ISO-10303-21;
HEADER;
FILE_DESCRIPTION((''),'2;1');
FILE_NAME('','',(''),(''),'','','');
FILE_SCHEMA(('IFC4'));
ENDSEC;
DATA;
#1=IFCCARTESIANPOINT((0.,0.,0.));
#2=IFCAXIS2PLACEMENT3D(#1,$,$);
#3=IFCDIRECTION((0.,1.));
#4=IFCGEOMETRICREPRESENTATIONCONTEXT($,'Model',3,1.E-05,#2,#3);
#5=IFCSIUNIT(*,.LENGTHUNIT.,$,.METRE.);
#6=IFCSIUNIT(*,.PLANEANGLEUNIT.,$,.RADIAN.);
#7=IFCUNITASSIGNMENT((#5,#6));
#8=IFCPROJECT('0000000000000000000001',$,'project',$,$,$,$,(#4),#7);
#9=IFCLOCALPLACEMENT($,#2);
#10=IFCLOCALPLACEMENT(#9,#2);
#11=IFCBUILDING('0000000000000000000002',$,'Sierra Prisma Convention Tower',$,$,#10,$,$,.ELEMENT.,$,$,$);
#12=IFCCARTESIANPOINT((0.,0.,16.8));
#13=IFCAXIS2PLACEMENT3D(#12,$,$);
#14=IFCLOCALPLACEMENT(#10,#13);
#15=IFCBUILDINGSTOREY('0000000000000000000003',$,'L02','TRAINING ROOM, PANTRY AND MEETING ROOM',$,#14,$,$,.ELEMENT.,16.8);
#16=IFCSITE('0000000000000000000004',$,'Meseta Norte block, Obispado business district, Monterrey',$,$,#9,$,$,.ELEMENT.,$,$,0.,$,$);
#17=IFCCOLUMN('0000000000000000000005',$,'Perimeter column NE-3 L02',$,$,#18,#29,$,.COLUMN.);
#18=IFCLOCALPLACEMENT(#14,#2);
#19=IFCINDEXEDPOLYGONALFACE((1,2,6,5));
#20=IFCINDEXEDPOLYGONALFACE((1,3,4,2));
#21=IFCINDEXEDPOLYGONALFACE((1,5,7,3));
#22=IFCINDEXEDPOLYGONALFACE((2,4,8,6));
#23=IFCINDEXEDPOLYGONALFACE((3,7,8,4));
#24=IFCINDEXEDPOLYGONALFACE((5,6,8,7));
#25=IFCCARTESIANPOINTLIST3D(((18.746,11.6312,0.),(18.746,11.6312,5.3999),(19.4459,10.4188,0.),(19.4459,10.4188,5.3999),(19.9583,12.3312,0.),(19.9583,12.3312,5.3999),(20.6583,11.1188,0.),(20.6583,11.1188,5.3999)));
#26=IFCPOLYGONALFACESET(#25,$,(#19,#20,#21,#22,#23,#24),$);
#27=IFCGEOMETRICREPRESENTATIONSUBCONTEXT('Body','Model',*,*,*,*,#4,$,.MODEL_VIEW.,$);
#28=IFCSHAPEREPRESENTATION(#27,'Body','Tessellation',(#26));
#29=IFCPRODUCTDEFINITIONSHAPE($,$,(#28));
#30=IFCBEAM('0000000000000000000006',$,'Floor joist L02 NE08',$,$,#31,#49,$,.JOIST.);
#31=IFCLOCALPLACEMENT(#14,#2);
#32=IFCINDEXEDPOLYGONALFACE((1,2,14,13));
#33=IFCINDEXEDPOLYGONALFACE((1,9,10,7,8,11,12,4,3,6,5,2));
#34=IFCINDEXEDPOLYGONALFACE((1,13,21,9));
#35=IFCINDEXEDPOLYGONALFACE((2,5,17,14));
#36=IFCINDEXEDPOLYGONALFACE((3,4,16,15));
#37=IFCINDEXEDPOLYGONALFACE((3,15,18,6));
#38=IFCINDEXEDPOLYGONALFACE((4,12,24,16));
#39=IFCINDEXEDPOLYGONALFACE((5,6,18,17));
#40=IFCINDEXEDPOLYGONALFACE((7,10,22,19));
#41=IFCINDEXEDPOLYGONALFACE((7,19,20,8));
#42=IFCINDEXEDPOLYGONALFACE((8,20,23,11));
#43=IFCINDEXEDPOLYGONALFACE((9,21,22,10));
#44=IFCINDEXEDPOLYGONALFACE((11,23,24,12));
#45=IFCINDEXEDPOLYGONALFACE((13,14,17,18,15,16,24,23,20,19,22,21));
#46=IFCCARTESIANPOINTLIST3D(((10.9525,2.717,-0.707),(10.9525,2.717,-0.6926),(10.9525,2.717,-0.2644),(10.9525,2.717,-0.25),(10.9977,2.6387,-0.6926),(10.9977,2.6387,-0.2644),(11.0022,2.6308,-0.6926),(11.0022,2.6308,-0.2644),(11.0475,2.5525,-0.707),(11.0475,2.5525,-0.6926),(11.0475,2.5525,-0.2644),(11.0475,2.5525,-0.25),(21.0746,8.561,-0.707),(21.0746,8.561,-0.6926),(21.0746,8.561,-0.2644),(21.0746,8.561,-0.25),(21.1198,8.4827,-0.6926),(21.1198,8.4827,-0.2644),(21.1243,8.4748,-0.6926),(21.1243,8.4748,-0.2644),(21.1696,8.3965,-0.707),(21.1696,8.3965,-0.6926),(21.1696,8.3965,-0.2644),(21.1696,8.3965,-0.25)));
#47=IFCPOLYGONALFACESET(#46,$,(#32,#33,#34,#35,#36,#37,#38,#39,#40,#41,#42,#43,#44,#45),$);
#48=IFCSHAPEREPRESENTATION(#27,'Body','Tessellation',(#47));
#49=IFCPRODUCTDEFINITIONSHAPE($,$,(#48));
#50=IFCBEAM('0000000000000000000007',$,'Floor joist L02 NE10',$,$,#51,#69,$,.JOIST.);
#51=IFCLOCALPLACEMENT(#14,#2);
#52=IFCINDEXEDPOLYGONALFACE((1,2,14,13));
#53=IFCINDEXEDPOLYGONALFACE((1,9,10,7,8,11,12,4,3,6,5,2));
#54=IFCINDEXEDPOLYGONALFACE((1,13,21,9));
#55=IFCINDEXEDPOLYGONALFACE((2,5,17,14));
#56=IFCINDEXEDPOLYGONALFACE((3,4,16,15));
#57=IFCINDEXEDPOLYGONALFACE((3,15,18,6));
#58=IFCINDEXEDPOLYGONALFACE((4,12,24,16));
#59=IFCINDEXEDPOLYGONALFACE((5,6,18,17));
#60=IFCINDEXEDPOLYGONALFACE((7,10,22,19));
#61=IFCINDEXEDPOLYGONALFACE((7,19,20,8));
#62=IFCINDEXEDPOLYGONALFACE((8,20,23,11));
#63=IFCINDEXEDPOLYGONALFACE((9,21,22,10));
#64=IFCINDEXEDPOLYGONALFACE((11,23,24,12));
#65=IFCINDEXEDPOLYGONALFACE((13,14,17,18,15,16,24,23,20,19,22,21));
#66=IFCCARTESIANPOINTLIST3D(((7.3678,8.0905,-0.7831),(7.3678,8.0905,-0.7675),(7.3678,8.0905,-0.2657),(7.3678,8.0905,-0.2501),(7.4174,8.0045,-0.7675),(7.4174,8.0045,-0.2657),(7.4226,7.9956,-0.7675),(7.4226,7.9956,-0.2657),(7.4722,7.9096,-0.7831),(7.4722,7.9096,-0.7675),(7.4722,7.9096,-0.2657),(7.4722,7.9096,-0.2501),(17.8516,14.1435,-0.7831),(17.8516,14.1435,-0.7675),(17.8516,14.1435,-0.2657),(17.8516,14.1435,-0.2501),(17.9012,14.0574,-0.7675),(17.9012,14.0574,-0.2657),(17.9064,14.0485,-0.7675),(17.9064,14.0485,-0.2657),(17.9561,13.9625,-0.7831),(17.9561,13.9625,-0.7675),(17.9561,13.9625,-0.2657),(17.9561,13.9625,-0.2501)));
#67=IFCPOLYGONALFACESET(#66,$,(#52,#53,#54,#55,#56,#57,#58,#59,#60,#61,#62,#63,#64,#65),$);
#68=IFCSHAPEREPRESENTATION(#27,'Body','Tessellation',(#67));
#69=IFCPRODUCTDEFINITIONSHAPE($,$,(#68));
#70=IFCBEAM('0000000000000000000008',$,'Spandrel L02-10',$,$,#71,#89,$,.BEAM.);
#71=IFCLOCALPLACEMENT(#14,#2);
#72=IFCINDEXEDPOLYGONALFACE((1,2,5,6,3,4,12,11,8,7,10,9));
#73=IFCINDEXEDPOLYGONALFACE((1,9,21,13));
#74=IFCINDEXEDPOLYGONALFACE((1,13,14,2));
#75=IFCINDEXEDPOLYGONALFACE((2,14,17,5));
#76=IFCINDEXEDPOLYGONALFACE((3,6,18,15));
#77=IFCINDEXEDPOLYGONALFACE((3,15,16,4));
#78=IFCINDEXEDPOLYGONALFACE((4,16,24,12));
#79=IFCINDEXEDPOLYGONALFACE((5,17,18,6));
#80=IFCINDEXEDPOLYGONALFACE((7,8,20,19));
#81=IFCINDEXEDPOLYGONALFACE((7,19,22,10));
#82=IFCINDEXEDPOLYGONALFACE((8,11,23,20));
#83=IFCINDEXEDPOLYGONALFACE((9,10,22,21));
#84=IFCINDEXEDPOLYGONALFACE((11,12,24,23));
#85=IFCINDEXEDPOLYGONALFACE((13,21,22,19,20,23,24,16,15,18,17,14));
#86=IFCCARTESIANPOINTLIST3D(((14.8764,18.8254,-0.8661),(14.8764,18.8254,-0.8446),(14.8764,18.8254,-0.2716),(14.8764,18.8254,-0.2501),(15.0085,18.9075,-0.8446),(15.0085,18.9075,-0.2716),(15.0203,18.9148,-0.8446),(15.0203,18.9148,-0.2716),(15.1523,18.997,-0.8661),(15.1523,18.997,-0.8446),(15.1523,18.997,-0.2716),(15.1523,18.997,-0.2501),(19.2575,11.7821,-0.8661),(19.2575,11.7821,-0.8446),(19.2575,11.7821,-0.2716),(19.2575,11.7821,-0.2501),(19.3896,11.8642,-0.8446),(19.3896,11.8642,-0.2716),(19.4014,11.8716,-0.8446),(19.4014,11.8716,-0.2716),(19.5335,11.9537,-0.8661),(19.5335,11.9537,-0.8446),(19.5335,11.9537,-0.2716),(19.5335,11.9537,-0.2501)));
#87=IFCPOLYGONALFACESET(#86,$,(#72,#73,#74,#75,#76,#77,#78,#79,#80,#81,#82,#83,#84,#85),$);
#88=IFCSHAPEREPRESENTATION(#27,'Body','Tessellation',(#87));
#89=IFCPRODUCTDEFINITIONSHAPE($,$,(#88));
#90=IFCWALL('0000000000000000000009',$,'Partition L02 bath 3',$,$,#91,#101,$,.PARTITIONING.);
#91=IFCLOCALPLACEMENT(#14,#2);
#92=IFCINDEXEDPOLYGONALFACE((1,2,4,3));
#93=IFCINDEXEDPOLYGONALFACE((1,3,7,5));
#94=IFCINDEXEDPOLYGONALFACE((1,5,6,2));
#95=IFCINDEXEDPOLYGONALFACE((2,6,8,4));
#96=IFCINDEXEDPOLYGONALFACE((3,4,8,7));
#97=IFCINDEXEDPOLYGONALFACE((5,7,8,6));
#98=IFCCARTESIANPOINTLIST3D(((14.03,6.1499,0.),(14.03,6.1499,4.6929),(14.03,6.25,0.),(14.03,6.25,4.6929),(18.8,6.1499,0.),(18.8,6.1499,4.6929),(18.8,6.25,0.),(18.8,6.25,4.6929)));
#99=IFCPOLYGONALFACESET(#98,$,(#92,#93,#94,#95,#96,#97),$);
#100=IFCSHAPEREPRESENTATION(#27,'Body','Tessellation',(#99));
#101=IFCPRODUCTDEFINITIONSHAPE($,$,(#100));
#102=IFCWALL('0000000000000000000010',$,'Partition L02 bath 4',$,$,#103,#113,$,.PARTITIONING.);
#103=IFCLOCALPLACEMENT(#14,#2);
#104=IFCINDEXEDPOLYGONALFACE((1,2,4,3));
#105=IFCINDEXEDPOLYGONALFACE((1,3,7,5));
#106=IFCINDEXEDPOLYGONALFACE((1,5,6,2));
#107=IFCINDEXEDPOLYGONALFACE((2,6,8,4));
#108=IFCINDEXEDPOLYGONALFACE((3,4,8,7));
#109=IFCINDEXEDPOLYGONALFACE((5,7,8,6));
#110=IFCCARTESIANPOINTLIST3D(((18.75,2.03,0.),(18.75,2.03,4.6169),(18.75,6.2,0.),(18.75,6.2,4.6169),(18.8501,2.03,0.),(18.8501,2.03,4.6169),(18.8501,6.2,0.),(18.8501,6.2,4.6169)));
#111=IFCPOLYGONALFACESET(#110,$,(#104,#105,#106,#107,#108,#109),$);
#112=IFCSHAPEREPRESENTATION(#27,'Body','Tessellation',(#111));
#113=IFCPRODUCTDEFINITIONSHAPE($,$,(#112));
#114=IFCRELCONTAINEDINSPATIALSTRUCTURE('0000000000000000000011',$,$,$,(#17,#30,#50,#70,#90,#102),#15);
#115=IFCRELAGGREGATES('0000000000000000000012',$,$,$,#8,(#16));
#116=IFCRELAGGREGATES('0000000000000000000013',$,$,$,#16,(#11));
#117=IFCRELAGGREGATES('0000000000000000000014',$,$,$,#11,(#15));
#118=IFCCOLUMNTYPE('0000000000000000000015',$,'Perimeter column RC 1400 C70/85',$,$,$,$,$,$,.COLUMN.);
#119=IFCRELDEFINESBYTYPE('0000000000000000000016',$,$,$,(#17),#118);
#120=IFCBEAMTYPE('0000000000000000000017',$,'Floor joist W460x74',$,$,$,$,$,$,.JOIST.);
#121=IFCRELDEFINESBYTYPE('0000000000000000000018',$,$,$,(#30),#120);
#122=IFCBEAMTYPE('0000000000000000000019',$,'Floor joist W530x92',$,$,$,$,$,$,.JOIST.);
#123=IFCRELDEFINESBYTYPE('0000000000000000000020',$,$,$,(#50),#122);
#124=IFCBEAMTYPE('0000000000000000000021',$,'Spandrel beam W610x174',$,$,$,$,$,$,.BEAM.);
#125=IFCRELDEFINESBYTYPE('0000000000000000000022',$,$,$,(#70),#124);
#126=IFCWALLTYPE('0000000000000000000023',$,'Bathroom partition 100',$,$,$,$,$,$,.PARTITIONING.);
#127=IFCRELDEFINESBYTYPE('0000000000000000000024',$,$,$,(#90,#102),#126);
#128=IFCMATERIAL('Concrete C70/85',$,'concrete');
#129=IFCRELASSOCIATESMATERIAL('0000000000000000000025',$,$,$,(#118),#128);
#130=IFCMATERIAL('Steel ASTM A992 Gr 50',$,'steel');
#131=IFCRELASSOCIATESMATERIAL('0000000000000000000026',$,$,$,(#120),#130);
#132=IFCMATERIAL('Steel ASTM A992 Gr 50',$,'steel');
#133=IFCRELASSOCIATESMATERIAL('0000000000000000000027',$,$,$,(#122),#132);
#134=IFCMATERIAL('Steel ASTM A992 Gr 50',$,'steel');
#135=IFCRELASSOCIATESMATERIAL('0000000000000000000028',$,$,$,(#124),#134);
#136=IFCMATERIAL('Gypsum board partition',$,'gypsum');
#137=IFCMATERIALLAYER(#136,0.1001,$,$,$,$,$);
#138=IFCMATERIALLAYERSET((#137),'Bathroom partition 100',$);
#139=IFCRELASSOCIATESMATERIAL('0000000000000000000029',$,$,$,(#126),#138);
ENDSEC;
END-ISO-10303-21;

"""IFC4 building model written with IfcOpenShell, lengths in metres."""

from ifc_helpers import new_model, si_unit, direction, frame, frame_2d, origin, origin_2d, place, context, subcontext, project, spatial, rectangle, i_section, extrude, material, layer, layer_set, material_profile, profile_set, type_object, element, save


model = new_model("IFC4")

# Units and contexts
model_context = context("Model", 3, precision=1e-05, world=origin(), true_north=direction((0.0, 1.0)))
body_context = subcontext(model_context, "Body", "Model", "MODEL_VIEW")
ifc_project = project(units=[si_unit("LENGTHUNIT", "METRE"), si_unit("PLANEANGLEUNIT", "RADIAN")], contexts=[model_context])

# Site, building, storey
site_placement = place(None, origin())
site = spatial("IfcSite", under=ifc_project, at=site_placement, Name="Meseta Norte block, Obispado business district, Monterrey", CompositionType="ELEMENT", RefElevation=0.0)
building_placement = place(site_placement, origin())
building = spatial("IfcBuilding", under=site, at=building_placement, Name="Sierra Prisma Convention Tower", CompositionType="ELEMENT")
storey_placement = place(building_placement, frame((0.0, 0.0, 16.8)))
storey = spatial("IfcBuildingStorey", under=building, at=storey_placement, Name="L02", Description="TRAINING ROOM, PANTRY AND MEETING ROOM", CompositionType="ELEMENT", Elevation=16.8)

# Column
ifc_material_1 = material(Name="Concrete C70/85", Category="concrete")
ifc_material_profile_1 = material_profile(ifc_material_1, rectangle(XDim=1.3999, YDim=1.3999, at=origin_2d()), Name="Perimeter column RC 1400 C70/85")
ifc_profile_set_1 = profile_set([ifc_material_profile_1], Name="Concrete C70/85")
column_type = type_object("IfcColumnType", Name="Perimeter column RC 1400 C70/85", PredefinedType="COLUMN", material=ifc_profile_set_1)
column_placement = place(storey_placement, frame((19.7021, 11.375, 0.0), z_axis=(0.0, 0.0, 1.0), x_axis=(-0.5, 0.866025, 0.0)))
element("IfcColumn", 1, at=column_placement, inside=storey, type_object=column_type, Name="Perimeter column NE-3 L02", PredefinedType="COLUMN", context=body_context, shape_type="SweptSolid", body=[
    extrude(rectangle(XDim=1.3999, YDim=1.3999, at=origin_2d()), origin(), (0.0, 0.0, 1.0), 5.3999),
])

# Beams
ifc_material_2 = material(Name="Steel ASTM A992 Gr 50", Category="steel")
ifc_material_profile_2 = material_profile(ifc_material_2, i_section(OverallWidth=0.1899, OverallDepth=0.457, WebThickness=0.009, FlangeThickness=0.0144, at=origin_2d()), Name="W460x74")
ifc_profile_set_2 = profile_set([ifc_material_profile_2], Name="Steel ASTM A992 Gr 50")
beam_type_1 = type_object("IfcBeamType", Name="Floor joist W460x74", PredefinedType="JOIST", material=ifc_profile_set_2)
beam_1_placement = place(storey_placement, frame((21.1221, 8.4788, -0.4785), z_axis=(-0.866025, -0.500001, 0.0), x_axis=(0.500001, -0.866025, 0.0)))
element("IfcBeam", 2, at=beam_1_placement, inside=storey, type_object=beam_type_1, Name="Floor joist L02 NE08", PredefinedType="JOIST", context=body_context, shape_type="SweptSolid", body=[
    extrude(i_section(OverallWidth=0.1899, OverallDepth=0.457, WebThickness=0.009, FlangeThickness=0.0144, at=origin_2d()), origin(), (0.0, 0.0, 1.0), 11.688),
])
ifc_material_3 = material(Name="Steel ASTM A992 Gr 50", Category="steel")
ifc_material_profile_3 = material_profile(ifc_material_3, i_section(OverallWidth=0.209, OverallDepth=0.533, WebThickness=0.0103, FlangeThickness=0.0156, at=origin_2d()), Name="W530x92")
ifc_profile_set_3 = profile_set([ifc_material_profile_3], Name="Steel ASTM A992 Gr 50")
beam_type_2 = type_object("IfcBeamType", Name="Floor joist W530x92", PredefinedType="JOIST", material=ifc_profile_set_3)
beam_2_placement = place(storey_placement, frame((17.9038, 14.053, -0.5166), z_axis=(-0.866022, -0.500006, 0.0), x_axis=(0.500006, -0.866022, 0.0)))
element("IfcBeam", 3, at=beam_2_placement, inside=storey, type_object=beam_type_2, Name="Floor joist L02 NE10", PredefinedType="JOIST", context=body_context, shape_type="SweptSolid", body=[
    extrude(i_section(OverallWidth=0.209, OverallDepth=0.533, WebThickness=0.0103, FlangeThickness=0.0156, at=origin_2d()), origin(), (0.0, 0.0, 1.0), 12.1057),
])
ifc_material_4 = material(Name="Steel ASTM A992 Gr 50", Category="steel")
ifc_material_profile_4 = material_profile(ifc_material_4, i_section(OverallWidth=0.325, OverallDepth=0.616, WebThickness=0.0139, FlangeThickness=0.0215, at=origin_2d()), Name="W610x174")
ifc_profile_set_4 = profile_set([ifc_material_profile_4], Name="Steel ASTM A992 Gr 50")
beam_type_3 = type_object("IfcBeamType", Name="Spandrel beam W610x174", PredefinedType="BEAM", material=ifc_profile_set_4)
beam_3_placement = place(storey_placement, frame((19.3955, 11.8679, -0.5581), z_axis=(-0.528185, 0.849129, 0.0), x_axis=(-0.849129, -0.528185, 0.0)))
element("IfcBeam", 4, at=beam_3_placement, inside=storey, type_object=beam_type_3, Name="Spandrel L02-10", PredefinedType="BEAM", context=body_context, shape_type="SweptSolid", body=[
    extrude(i_section(OverallWidth=0.325, OverallDepth=0.616, WebThickness=0.0139, FlangeThickness=0.0215, at=origin_2d()), origin(), (0.0, 0.0, 1.0), 8.2947),
])

# Walls
ifc_material_5 = material(Name="Gypsum board partition", Category="gypsum")
ifc_layer_1 = layer(ifc_material_5, 0.1001)
ifc_layer_set_1 = layer_set([ifc_layer_1], Name="Bathroom partition 100")
wall_type_1 = type_object("IfcWallType", Name="Bathroom partition 100", PredefinedType="PARTITIONING", material=ifc_layer_set_1)
wall_1_placement = place(storey_placement, frame((14.03, 6.2, 0.0), z_axis=(0.0, 0.0, 1.0), x_axis=(1.0, 0.0, 0.0)))
element("IfcWall", 5, at=wall_1_placement, inside=storey, type_object=wall_type_1, Name="Partition L02 bath 3", PredefinedType="PARTITIONING", context=body_context, shape_type="SweptSolid", body=[
    extrude(rectangle(XDim=4.77, YDim=0.1001, at=frame_2d((2.385, 0.0))), origin(), (0.0, 0.0, 1.0), 4.6929),
])
wall_2_placement = place(storey_placement, frame((18.8, 6.2, 0.0), z_axis=(0.0, 0.0, 1.0), x_axis=(0.0, -1.0, 0.0)))
element("IfcWall", 6, at=wall_2_placement, inside=storey, type_object=wall_type_1, Name="Partition L02 bath 4", PredefinedType="PARTITIONING", context=body_context, shape_type="SweptSolid", body=[
    extrude(rectangle(XDim=4.1699, YDim=0.1001, at=frame_2d((2.085, 0.0))), origin(), (0.0, 0.0, 1.0), 4.6169),
])

save(model, "model.ifc")
